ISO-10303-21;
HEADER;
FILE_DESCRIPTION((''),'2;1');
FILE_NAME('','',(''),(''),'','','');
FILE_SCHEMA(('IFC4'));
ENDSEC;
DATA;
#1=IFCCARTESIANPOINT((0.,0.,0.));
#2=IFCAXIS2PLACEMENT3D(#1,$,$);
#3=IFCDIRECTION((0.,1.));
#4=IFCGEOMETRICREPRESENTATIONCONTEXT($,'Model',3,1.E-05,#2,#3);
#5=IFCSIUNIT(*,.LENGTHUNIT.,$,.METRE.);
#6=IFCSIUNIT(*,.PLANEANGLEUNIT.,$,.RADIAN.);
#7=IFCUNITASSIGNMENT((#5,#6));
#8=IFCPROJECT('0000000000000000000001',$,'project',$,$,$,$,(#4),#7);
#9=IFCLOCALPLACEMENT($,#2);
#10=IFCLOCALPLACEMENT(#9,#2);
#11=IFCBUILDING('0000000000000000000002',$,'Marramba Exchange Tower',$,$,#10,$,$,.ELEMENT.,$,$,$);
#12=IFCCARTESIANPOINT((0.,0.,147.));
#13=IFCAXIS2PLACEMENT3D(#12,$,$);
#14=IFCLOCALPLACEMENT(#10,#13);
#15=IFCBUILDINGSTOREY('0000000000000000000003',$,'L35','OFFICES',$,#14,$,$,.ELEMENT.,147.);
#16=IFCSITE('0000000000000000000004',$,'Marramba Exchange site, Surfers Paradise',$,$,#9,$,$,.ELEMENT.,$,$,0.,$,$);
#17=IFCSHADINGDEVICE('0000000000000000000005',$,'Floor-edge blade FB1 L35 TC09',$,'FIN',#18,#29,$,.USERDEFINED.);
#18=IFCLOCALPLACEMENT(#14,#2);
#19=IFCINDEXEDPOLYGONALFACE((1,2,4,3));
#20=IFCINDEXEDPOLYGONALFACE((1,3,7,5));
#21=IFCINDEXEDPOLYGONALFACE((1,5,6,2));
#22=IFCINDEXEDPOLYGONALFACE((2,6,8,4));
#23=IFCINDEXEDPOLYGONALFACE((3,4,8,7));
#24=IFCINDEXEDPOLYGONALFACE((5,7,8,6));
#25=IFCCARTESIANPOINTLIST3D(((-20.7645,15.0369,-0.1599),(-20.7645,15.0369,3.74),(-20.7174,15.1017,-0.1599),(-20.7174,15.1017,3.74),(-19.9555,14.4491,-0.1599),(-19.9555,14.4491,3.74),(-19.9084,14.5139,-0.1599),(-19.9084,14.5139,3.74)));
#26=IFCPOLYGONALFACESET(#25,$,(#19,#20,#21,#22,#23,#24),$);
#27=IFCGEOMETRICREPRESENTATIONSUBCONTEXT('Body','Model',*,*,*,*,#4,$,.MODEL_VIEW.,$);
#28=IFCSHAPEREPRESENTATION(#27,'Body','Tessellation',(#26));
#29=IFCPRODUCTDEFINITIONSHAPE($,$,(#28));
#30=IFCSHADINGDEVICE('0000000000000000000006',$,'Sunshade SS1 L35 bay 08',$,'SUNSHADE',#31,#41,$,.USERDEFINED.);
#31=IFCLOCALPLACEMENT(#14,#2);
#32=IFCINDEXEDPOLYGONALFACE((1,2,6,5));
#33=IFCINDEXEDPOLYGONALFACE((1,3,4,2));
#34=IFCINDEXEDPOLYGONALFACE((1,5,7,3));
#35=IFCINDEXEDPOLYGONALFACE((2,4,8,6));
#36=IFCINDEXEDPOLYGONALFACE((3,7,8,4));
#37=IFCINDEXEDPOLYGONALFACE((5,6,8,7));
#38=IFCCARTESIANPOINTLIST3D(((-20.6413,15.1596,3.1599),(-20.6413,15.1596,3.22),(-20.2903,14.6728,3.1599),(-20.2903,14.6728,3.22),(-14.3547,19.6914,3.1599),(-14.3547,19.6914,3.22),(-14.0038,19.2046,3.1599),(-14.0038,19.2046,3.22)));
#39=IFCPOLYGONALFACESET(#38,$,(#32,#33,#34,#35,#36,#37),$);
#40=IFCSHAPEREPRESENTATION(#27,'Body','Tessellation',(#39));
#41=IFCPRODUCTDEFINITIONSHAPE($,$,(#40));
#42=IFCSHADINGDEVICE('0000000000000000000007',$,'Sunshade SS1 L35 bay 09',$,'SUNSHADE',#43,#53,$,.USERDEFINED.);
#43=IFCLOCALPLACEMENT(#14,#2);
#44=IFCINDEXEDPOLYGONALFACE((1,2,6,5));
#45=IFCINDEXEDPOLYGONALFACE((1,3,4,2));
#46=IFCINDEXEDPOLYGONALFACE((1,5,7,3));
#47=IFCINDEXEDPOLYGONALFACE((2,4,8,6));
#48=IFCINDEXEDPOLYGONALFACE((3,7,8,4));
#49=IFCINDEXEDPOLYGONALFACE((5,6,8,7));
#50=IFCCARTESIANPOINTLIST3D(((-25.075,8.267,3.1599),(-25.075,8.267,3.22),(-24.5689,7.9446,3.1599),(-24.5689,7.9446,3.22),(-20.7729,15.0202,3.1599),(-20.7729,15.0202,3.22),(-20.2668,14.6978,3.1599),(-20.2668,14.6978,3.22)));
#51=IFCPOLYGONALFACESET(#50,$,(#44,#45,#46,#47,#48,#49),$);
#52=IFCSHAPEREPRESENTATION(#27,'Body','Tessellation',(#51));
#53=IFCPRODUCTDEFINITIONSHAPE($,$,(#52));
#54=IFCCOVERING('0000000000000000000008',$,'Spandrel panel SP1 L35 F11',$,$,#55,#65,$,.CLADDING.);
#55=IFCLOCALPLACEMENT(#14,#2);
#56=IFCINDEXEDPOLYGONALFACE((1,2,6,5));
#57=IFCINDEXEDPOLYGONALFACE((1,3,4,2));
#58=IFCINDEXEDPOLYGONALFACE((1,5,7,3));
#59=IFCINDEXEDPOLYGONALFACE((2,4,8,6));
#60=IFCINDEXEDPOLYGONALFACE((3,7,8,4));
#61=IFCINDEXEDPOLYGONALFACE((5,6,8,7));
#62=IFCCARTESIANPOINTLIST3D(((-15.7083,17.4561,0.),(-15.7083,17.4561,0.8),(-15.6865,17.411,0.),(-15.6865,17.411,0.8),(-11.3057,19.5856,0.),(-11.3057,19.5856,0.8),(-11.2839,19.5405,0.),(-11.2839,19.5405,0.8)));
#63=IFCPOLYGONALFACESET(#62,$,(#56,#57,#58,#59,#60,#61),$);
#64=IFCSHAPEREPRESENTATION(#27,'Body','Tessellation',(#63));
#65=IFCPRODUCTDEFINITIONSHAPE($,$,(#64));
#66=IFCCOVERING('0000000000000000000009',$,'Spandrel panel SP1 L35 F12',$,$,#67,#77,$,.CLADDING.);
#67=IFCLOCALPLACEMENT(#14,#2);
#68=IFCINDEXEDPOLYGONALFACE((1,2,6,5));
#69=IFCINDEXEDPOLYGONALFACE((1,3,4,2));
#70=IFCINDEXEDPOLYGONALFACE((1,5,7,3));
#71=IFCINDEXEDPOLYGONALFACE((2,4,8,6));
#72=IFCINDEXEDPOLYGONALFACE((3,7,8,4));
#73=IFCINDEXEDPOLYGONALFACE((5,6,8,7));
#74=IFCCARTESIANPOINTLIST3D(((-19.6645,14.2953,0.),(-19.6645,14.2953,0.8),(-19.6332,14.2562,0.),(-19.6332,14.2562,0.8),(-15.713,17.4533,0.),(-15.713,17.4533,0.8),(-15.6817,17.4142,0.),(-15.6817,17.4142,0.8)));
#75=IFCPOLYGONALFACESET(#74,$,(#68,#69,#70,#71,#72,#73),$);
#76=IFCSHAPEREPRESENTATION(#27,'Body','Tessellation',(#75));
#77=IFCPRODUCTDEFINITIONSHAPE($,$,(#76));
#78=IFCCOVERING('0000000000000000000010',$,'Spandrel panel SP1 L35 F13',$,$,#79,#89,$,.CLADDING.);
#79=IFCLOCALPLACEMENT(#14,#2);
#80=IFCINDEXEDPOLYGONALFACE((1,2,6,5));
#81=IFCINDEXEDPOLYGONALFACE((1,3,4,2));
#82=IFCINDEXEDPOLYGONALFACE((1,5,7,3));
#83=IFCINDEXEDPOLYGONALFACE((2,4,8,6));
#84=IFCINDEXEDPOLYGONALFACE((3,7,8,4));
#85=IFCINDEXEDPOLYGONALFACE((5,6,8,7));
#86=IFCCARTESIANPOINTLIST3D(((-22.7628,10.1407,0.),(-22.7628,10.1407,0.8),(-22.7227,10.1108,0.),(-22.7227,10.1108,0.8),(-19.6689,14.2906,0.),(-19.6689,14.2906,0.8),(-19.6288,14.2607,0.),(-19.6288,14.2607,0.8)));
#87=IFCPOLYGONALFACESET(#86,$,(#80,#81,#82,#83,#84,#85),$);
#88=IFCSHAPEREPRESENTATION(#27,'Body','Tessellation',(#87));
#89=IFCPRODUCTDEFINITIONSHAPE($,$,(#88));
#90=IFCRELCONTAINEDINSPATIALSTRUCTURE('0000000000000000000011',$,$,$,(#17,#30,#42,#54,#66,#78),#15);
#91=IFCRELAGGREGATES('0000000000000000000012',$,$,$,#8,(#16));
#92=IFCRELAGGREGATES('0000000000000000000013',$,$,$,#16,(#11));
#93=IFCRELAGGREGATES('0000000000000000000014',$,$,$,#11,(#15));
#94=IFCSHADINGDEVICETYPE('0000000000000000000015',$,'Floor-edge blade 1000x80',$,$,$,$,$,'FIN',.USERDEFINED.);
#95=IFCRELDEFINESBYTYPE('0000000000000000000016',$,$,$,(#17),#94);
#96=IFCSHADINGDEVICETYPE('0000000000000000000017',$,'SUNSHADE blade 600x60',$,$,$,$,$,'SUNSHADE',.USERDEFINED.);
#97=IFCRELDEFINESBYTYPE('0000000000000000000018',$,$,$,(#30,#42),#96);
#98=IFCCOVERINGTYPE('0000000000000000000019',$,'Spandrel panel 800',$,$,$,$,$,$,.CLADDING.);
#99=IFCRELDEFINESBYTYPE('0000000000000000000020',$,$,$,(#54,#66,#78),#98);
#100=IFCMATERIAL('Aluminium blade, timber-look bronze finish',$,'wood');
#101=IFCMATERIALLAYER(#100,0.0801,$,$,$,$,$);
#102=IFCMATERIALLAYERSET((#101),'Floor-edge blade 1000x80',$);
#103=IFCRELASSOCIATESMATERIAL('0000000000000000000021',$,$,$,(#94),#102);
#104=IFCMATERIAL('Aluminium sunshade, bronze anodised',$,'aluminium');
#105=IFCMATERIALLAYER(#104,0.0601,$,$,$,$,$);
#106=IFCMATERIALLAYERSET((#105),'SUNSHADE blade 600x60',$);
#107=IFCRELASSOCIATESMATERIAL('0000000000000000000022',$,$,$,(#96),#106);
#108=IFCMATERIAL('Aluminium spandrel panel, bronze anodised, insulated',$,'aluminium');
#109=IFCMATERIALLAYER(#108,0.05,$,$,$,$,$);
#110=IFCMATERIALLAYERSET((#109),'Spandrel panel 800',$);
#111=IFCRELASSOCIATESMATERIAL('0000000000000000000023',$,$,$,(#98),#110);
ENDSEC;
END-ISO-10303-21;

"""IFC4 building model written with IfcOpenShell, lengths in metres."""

from ifc_helpers import new_model, si_unit, direction, frame, origin, origin_2d, place, context, subcontext, project, spatial, rectangle, extrude, material, layer, layer_set, type_object, element, save


model = new_model("IFC4")

# Units and contexts
model_context = context("Model", 3, precision=1e-05, world=origin(), true_north=direction((0.0, 1.0)))
body_context = subcontext(model_context, "Body", "Model", "MODEL_VIEW")
ifc_project = project(units=[si_unit("LENGTHUNIT", "METRE"), si_unit("PLANEANGLEUNIT", "RADIAN")], contexts=[model_context])

# Site, building, storey
site_placement = place(None, origin())
site = spatial("IfcSite", under=ifc_project, at=site_placement, Name="Marramba Exchange site, Surfers Paradise", CompositionType="ELEMENT", RefElevation=0.0)
building_placement = place(site_placement, origin())
building = spatial("IfcBuilding", under=site, at=building_placement, Name="Marramba Exchange Tower", CompositionType="ELEMENT")
storey_placement = place(building_placement, frame((0.0, 0.0, 147.0)))
storey = spatial("IfcBuildingStorey", under=building, at=storey_placement, Name="L35", Description="OFFICES", CompositionType="ELEMENT", Elevation=147.0)

# Shading devices
ifc_material_1 = material(Name="Aluminium blade, timber-look bronze finish", Category="wood")
ifc_layer_1 = layer(ifc_material_1, 0.0801)
ifc_layer_set_1 = layer_set([ifc_layer_1], Name="Floor-edge blade 1000x80")
shading_device_type_1 = type_object("IfcShadingDeviceType", Name="Floor-edge blade 1000x80", ElementType="FIN", PredefinedType="USERDEFINED", material=ifc_layer_set_1)
for number, where, z_axis, x_axis, name in (
    (1, (-20.3364, 14.7754, -0.1599), (0.0, 0.0, 1.0), (-0.809017, 0.587785, 0.0), "Floor-edge blade FB1 L35 TC09"),
):
    element("IfcShadingDevice", number, at=place(storey_placement, frame(where, z_axis=z_axis, x_axis=x_axis)), inside=storey, type_object=shading_device_type_1, Name=name, ObjectType="FIN", PredefinedType="USERDEFINED", context=body_context, shape_type="SweptSolid", body=[
        extrude(rectangle(XDim=1.0, YDim=0.0801, at=origin_2d()), origin(), (0.0, 0.0, 1.0), 3.8999),
    ])
ifc_material_2 = material(Name="Aluminium sunshade, bronze anodised", Category="aluminium")
ifc_layer_2 = layer(ifc_material_2, 0.0601)
ifc_layer_set_2 = layer_set([ifc_layer_2], Name="SUNSHADE blade 600x60")
shading_device_type_2 = type_object("IfcShadingDeviceType", Name="SUNSHADE blade 600x60", ElementType="SUNSHADE", PredefinedType="USERDEFINED", material=ifc_layer_set_2)
shading_device_1_placement = place(storey_placement, frame((-17.3225, 17.1821, 3.1599), z_axis=(0.0, 0.0, 1.0), x_axis=(-0.811199, -0.58477, 0.0)))
element("IfcShadingDevice", 2, at=shading_device_1_placement, inside=storey, type_object=shading_device_type_2, Name="Sunshade SS1 L35 bay 08", ObjectType="SUNSHADE", PredefinedType="USERDEFINED", context=body_context, shape_type="SweptSolid", body=[
    extrude(rectangle(XDim=7.7498, YDim=0.6001, at=origin_2d()), origin(), (0.0, 0.0, 1.0), 0.0601),
])
shading_device_2_placement = place(storey_placement, frame((-22.6709, 11.4824, 3.1599), z_axis=(0.0, 0.0, 1.0), x_axis=(-0.537285, -0.843401, 0.0)))
element("IfcShadingDevice", 3, at=shading_device_2_placement, inside=storey, type_object=shading_device_type_2, Name="Sunshade SS1 L35 bay 09", ObjectType="SUNSHADE", PredefinedType="USERDEFINED", context=body_context, shape_type="SweptSolid", body=[
    extrude(rectangle(XDim=8.0071, YDim=0.6001, at=origin_2d()), origin(), (0.0, 0.0, 1.0), 0.0601),
])

# Coverings
ifc_material_3 = material(Name="Aluminium spandrel panel, bronze anodised, insulated", Category="aluminium")
ifc_layer_3 = layer(ifc_material_3, 0.05)
ifc_layer_set_3 = layer_set([ifc_layer_3], Name="Spandrel panel 800")
covering_type = type_object("IfcCoveringType", Name="Spandrel panel 800", PredefinedType="CLADDING", material=ifc_layer_set_3)
covering_1_placement = place(storey_placement, frame((-13.4961, 18.4983, 0.0), z_axis=(0.0, 0.0, 1.0), x_axis=(-0.900224, -0.435428, 0.0)))
element("IfcCovering", 4, at=covering_1_placement, inside=storey, type_object=covering_type, Name="Spandrel panel SP1 L35 F11", PredefinedType="CLADDING", context=body_context, shape_type="SweptSolid", body=[
    extrude(rectangle(XDim=4.8906, YDim=0.05, at=origin_2d()), origin(), (0.0, 0.0, 1.0), 0.8),
])
covering_2_placement = place(storey_placement, frame((-17.6731, 15.8547, 0.0), z_axis=(0.0, 0.0, 1.0), x_axis=(-0.781178, -0.624308, 0.0)))
element("IfcCovering", 5, at=covering_2_placement, inside=storey, type_object=covering_type, Name="Spandrel panel SP1 L35 F12", PredefinedType="CLADDING", context=body_context, shape_type="SweptSolid", body=[
    extrude(rectangle(XDim=5.0583, YDim=0.05, at=origin_2d()), origin(), (0.0, 0.0, 1.0), 0.8),
])
covering_3_placement = place(storey_placement, frame((-21.1958, 12.2007, 0.0), z_axis=(0.0, 0.0, 1.0), x_axis=(-0.597704, -0.801717, 0.0)))
element("IfcCovering", 6, at=covering_3_placement, inside=storey, type_object=covering_type, Name="Spandrel panel SP1 L35 F13", PredefinedType="CLADDING", context=body_context, shape_type="SweptSolid", body=[
    extrude(rectangle(XDim=5.1763, YDim=0.05, at=origin_2d()), origin(), (0.0, 0.0, 1.0), 0.8),
])

save(model, "model.ifc")
